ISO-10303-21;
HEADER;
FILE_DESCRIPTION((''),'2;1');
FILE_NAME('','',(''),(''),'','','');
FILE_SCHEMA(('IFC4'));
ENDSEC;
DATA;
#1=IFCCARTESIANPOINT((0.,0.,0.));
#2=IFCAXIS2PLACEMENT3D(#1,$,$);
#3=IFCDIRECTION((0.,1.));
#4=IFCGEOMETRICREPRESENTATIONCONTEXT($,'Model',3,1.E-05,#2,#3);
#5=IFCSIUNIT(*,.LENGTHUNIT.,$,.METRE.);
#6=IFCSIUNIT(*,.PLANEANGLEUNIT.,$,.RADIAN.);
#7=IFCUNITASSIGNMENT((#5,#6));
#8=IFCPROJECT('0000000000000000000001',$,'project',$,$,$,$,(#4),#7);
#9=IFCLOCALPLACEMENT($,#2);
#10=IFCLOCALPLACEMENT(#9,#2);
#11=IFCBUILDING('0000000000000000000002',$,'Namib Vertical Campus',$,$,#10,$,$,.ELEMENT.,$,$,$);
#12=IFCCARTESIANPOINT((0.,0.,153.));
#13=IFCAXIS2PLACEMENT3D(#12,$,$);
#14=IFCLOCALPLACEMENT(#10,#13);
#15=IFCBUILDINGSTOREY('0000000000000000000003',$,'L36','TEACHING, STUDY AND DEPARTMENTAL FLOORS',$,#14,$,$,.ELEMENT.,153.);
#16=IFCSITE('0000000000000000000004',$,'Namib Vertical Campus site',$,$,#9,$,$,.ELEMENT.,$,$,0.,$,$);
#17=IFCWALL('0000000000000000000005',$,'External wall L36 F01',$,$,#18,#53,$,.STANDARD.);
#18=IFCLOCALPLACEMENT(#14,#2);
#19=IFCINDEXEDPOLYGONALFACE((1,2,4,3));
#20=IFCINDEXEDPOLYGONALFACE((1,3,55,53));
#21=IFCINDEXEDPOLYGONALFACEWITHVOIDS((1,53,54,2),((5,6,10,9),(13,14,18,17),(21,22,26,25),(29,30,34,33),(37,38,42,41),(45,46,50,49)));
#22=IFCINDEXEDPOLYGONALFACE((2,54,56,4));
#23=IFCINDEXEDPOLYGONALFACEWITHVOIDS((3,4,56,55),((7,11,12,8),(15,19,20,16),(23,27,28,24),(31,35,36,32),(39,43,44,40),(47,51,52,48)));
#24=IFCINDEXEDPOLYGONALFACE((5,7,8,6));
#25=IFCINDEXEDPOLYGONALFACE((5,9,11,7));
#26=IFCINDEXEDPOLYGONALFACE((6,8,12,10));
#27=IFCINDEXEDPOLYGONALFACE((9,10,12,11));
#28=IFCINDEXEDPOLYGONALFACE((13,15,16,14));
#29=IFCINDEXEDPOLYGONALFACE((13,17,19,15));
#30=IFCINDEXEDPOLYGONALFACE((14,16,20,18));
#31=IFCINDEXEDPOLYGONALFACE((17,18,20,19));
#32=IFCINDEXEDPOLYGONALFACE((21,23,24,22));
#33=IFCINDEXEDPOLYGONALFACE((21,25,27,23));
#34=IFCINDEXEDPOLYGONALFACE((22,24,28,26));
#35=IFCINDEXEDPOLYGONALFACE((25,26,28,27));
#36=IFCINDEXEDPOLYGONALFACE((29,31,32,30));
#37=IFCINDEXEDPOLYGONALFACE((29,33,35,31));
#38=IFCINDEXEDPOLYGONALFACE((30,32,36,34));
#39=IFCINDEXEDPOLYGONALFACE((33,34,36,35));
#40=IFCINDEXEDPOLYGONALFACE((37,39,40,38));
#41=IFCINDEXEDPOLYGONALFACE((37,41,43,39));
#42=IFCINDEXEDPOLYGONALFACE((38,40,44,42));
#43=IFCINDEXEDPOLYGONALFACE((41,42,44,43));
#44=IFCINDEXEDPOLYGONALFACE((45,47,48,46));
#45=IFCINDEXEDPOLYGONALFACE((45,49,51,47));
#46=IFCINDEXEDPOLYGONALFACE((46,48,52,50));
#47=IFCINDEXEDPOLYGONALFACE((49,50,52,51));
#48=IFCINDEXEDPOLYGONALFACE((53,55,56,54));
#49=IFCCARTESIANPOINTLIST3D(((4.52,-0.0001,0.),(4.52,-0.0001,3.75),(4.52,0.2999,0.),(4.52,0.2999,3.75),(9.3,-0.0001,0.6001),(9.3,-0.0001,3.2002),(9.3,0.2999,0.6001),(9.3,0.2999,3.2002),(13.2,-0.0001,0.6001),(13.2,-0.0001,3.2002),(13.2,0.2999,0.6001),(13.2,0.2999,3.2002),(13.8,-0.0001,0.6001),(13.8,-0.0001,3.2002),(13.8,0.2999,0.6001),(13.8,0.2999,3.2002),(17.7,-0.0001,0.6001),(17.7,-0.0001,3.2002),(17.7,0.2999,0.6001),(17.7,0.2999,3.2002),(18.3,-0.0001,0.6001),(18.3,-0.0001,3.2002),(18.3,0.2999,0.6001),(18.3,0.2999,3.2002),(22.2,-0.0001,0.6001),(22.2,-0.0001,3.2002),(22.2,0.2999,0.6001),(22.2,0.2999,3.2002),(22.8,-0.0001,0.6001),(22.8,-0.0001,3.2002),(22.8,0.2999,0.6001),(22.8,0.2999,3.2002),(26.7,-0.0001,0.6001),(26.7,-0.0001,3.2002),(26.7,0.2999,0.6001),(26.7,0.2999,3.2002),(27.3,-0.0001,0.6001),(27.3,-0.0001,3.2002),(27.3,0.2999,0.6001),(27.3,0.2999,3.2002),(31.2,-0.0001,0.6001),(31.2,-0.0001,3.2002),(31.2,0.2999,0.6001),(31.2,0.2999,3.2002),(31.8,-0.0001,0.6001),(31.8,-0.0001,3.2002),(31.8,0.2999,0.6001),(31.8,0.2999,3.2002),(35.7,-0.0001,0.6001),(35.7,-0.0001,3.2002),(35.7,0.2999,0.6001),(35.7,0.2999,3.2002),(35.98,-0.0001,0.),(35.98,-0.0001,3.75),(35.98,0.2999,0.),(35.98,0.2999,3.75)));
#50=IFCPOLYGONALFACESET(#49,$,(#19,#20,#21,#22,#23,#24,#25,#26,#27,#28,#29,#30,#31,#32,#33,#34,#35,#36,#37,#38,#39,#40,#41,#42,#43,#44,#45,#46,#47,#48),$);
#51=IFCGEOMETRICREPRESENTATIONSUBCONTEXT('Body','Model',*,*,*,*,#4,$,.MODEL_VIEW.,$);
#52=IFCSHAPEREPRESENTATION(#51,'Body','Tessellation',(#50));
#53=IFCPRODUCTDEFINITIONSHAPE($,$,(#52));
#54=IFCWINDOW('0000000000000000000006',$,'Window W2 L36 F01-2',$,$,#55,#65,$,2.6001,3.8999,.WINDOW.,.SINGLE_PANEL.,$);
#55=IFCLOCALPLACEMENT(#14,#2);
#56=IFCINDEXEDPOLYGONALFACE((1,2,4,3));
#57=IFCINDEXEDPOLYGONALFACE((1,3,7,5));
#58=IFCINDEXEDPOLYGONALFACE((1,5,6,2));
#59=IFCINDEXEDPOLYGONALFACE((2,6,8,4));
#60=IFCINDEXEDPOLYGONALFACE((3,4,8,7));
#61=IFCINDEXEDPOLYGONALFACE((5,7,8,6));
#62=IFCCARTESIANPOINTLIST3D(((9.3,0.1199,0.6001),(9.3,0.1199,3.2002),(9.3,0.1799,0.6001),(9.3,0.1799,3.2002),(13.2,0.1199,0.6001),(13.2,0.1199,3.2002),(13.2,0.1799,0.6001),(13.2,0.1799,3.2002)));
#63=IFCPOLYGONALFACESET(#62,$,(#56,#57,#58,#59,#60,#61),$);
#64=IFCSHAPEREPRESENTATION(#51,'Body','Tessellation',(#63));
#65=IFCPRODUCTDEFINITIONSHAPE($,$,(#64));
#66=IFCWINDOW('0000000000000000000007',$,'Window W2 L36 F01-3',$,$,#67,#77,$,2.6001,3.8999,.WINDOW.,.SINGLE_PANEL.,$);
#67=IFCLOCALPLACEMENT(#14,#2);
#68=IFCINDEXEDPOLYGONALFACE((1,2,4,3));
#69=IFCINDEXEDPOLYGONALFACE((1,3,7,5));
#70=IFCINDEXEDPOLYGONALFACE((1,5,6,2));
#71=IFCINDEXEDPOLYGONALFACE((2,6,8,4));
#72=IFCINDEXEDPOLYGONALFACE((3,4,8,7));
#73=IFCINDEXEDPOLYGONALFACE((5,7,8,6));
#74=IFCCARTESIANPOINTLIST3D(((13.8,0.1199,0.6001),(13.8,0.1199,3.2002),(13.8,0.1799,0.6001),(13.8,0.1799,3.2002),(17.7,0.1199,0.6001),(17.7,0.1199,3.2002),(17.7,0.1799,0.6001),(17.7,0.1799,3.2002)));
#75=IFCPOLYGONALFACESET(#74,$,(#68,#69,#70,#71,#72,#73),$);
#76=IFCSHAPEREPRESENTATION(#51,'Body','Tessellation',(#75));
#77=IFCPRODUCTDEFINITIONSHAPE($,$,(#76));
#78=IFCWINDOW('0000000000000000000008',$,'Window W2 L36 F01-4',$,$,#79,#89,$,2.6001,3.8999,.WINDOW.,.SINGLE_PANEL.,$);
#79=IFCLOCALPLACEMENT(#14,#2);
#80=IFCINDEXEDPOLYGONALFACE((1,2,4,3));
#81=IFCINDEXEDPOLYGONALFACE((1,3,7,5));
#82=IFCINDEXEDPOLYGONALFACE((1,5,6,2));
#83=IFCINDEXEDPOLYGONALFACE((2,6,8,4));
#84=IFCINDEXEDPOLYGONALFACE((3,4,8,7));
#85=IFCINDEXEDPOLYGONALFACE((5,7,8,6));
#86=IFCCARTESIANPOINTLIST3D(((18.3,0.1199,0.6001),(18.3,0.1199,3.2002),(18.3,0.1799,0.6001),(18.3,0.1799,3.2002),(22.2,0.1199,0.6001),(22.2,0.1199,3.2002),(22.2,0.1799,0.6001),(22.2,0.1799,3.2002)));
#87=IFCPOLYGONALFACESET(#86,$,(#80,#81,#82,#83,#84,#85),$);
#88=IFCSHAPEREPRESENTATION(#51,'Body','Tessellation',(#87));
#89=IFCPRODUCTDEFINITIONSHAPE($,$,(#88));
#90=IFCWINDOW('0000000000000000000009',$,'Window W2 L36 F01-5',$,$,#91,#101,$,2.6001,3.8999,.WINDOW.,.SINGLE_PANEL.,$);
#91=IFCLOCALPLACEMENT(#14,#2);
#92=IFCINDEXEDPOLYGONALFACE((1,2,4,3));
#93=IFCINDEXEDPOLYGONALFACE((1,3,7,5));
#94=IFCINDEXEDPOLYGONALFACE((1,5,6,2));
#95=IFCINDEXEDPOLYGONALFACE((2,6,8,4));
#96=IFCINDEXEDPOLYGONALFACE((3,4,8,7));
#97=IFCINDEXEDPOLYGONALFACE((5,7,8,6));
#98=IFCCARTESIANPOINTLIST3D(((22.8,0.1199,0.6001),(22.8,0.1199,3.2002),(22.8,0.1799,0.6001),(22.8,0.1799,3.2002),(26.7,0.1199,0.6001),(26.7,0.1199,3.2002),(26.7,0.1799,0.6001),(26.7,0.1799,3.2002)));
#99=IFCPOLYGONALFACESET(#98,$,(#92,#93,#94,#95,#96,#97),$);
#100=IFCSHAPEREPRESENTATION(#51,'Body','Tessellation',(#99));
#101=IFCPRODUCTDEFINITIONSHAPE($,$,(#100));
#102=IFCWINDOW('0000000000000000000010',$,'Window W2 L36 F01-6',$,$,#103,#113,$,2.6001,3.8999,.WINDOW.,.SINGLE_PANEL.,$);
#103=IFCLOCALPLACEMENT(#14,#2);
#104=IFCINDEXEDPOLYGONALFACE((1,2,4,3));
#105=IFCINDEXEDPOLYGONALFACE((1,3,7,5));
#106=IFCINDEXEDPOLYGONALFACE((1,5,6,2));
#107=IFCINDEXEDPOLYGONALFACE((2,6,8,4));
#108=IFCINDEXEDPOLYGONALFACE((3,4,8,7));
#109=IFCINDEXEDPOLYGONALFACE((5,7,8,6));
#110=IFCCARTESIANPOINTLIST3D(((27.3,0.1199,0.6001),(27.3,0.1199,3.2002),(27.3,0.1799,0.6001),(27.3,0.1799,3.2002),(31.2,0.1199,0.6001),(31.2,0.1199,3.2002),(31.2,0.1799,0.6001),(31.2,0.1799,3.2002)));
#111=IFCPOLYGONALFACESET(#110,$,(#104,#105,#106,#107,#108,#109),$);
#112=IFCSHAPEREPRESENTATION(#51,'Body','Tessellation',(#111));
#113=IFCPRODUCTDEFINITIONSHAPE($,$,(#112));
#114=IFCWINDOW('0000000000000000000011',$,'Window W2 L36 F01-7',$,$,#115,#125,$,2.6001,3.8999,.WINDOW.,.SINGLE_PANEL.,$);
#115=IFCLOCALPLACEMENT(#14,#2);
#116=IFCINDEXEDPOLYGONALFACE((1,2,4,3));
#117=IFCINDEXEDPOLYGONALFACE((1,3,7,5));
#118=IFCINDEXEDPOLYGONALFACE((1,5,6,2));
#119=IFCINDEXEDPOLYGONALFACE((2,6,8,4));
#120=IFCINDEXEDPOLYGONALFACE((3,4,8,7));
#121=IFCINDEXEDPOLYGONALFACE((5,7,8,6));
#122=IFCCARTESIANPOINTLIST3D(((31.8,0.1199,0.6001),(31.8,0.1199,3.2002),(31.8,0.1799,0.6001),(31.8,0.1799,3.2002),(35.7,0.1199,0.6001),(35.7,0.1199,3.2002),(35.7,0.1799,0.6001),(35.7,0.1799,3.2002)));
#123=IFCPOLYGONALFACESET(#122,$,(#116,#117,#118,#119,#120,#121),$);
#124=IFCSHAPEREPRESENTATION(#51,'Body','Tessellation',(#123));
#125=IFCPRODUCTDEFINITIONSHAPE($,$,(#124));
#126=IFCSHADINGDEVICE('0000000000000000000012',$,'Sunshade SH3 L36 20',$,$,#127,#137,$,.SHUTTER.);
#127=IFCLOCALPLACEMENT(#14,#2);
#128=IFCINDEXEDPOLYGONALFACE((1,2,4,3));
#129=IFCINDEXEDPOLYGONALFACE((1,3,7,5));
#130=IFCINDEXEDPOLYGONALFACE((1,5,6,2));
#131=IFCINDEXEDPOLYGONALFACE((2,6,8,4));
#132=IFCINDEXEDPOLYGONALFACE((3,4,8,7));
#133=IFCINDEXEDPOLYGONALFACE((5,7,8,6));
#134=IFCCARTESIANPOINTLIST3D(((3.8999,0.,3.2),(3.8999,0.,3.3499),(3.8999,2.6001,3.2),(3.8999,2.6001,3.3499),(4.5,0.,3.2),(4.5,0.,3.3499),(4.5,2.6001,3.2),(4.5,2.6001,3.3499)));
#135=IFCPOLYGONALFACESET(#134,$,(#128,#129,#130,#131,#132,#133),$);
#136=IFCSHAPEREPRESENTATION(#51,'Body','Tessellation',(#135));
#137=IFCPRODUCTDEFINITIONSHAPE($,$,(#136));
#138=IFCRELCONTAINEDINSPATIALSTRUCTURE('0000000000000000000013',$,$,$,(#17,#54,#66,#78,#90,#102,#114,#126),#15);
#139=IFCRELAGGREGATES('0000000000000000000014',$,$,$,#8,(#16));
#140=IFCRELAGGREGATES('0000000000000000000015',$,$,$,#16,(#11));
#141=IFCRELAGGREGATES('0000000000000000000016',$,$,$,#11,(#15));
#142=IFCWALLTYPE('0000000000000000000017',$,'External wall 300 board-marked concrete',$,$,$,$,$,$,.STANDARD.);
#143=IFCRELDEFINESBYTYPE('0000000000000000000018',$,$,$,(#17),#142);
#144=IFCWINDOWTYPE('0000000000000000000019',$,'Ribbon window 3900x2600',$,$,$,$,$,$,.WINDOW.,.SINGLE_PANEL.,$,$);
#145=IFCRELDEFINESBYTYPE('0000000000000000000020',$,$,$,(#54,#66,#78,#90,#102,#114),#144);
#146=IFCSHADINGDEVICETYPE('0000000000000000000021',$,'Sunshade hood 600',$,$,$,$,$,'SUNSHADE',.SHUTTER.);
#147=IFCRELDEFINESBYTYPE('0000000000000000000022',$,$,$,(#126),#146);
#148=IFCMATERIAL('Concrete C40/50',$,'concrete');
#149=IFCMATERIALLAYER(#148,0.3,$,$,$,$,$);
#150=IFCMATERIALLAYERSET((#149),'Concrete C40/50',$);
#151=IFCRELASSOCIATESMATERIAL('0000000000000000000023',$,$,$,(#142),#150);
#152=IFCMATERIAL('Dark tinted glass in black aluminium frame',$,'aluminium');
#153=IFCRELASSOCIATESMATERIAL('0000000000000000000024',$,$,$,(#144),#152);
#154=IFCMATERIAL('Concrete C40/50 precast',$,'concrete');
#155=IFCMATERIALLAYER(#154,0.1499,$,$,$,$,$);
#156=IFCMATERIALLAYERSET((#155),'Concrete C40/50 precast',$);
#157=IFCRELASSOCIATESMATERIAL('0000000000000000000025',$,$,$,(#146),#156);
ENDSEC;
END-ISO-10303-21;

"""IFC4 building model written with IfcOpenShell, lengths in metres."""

from ifc_helpers import new_model, si_unit, direction, frame, frame_2d, origin, origin_2d, place, context, subcontext, project, spatial, rectangle, extrude, material, layer, layer_set, type_object, element, fill, save


model = new_model("IFC4")

# Units and contexts
model_context = context("Model", 3, precision=1e-05, world=origin(), true_north=direction((0.0, 1.0)))
body_context = subcontext(model_context, "Body", "Model", "MODEL_VIEW")
ifc_project = project(units=[si_unit("LENGTHUNIT", "METRE"), si_unit("PLANEANGLEUNIT", "RADIAN")], contexts=[model_context])

# Site, building, storey
site_placement = place(None, origin())
site = spatial("IfcSite", under=ifc_project, at=site_placement, Name="Namib Vertical Campus site", CompositionType="ELEMENT", RefElevation=0.0)
building_placement = place(site_placement, origin())
building = spatial("IfcBuilding", under=site, at=building_placement, Name="Namib Vertical Campus", CompositionType="ELEMENT")
storey_placement = place(building_placement, frame((0.0, 0.0, 153.0)))
storey = spatial("IfcBuildingStorey", under=building, at=storey_placement, Name="L36", Description="TEACHING, STUDY AND DEPARTMENTAL FLOORS", CompositionType="ELEMENT", Elevation=153.0)

# Wall, openings, windows
ifc_material_1 = material(Name="Concrete C40/50", Category="concrete")
ifc_layer_1 = layer(ifc_material_1, 0.3)
ifc_layer_set_1 = layer_set([ifc_layer_1], Name="Concrete C40/50")
wall_type = type_object("IfcWallType", Name="External wall 300 board-marked concrete", PredefinedType="STANDARD", material=ifc_layer_set_1)
wall_placement = place(storey_placement, frame((4.52, 0.1499, 0.0), z_axis=(0.0, 0.0, 1.0), x_axis=(1.0, 0.0, 0.0)))
wall = element("IfcWall", 1, at=wall_placement, inside=storey, type_object=wall_type, Name="External wall L36 F01", PredefinedType="STANDARD", context=body_context, shape_type="SweptSolid", body=[
    extrude(rectangle(XDim=31.46, YDim=0.3, at=frame_2d((15.73, 0.0))), origin(), (0.0, 0.0, 1.0), 3.75),
])
opening_1_placement = place(wall_placement, frame((4.78, 0.0, 0.6001)))
opening_1 = element("IfcOpeningElement", 2, at=opening_1_placement, cuts=wall, PredefinedType="OPENING", context=body_context, shape_type="SweptSolid", body=[
    extrude(rectangle(XDim=3.8999, YDim=2.6001, at=frame_2d((1.95, 1.3))), frame((0.0, 0.1599, 0.0), z_axis=(0.0, -1.0, 0.0), x_axis=(1.0, 0.0, 0.0)), (0.0, 0.0, 1.0), 0.3201),
])
opening_2_placement = place(wall_placement, frame((9.28, 0.0, 0.6001)))
opening_2 = element("IfcOpeningElement", 3, at=opening_2_placement, cuts=wall, PredefinedType="OPENING", context=body_context, shape_type="SweptSolid", body=[
    extrude(rectangle(XDim=3.8999, YDim=2.6001, at=frame_2d((1.95, 1.3))), frame((0.0, 0.1599, 0.0), z_axis=(0.0, -1.0, 0.0), x_axis=(1.0, 0.0, 0.0)), (0.0, 0.0, 1.0), 0.3201),
])
opening_3_placement = place(wall_placement, frame((13.78, 0.0, 0.6001)))
opening_3 = element("IfcOpeningElement", 4, at=opening_3_placement, cuts=wall, PredefinedType="OPENING", context=body_context, shape_type="SweptSolid", body=[
    extrude(rectangle(XDim=3.8999, YDim=2.6001, at=frame_2d((1.95, 1.3))), frame((0.0, 0.1599, 0.0), z_axis=(0.0, -1.0, 0.0), x_axis=(1.0, 0.0, 0.0)), (0.0, 0.0, 1.0), 0.3201),
])
opening_4_placement = place(wall_placement, frame((18.28, 0.0, 0.6001)))
opening_4 = element("IfcOpeningElement", 5, at=opening_4_placement, cuts=wall, PredefinedType="OPENING", context=body_context, shape_type="SweptSolid", body=[
    extrude(rectangle(XDim=3.8999, YDim=2.6001, at=frame_2d((1.95, 1.3))), frame((0.0, 0.1599, 0.0), z_axis=(0.0, -1.0, 0.0), x_axis=(1.0, 0.0, 0.0)), (0.0, 0.0, 1.0), 0.3201),
])
opening_5_placement = place(wall_placement, frame((22.78, 0.0, 0.6001)))
opening_5 = element("IfcOpeningElement", 6, at=opening_5_placement, cuts=wall, PredefinedType="OPENING", context=body_context, shape_type="SweptSolid", body=[
    extrude(rectangle(XDim=3.8999, YDim=2.6001, at=frame_2d((1.95, 1.3))), frame((0.0, 0.1599, 0.0), z_axis=(0.0, -1.0, 0.0), x_axis=(1.0, 0.0, 0.0)), (0.0, 0.0, 1.0), 0.3201),
])
opening_6_placement = place(wall_placement, frame((27.28, 0.0, 0.6001)))
opening_6 = element("IfcOpeningElement", 7, at=opening_6_placement, cuts=wall, PredefinedType="OPENING", context=body_context, shape_type="SweptSolid", body=[
    extrude(rectangle(XDim=3.8999, YDim=2.6001, at=frame_2d((1.95, 1.3))), frame((0.0, 0.1599, 0.0), z_axis=(0.0, -1.0, 0.0), x_axis=(1.0, 0.0, 0.0)), (0.0, 0.0, 1.0), 0.3201),
])
ifc_material_2 = material(Name="Dark tinted glass in black aluminium frame", Category="aluminium")
window_type = type_object("IfcWindowType", Name="Ribbon window 3900x2600", PartitioningType="SINGLE_PANEL", PredefinedType="WINDOW", material=ifc_material_2)
window_1_placement = place(opening_1_placement, origin())
window_1 = element("IfcWindow", 8, at=window_1_placement, inside=storey, type_object=window_type, Name="Window W2 L36 F01-2", OverallHeight=2.6001, OverallWidth=3.8999, PartitioningType="SINGLE_PANEL", PredefinedType="WINDOW", context=body_context, shape_type="SweptSolid", body=[
    extrude(rectangle(XDim=3.8999, YDim=2.6001, at=frame_2d((1.95, 1.3))), frame((0.0, 0.03, 0.0), z_axis=(0.0, -1.0, 0.0), x_axis=(1.0, 0.0, 0.0)), (0.0, 0.0, 1.0), 0.0601),
])
fill(opening_1, window_1)
window_2_placement = place(opening_2_placement, origin())
window_2 = element("IfcWindow", 9, at=window_2_placement, inside=storey, type_object=window_type, Name="Window W2 L36 F01-3", OverallHeight=2.6001, OverallWidth=3.8999, PartitioningType="SINGLE_PANEL", PredefinedType="WINDOW", context=body_context, shape_type="SweptSolid", body=[
    extrude(rectangle(XDim=3.8999, YDim=2.6001, at=frame_2d((1.95, 1.3))), frame((0.0, 0.03, 0.0), z_axis=(0.0, -1.0, 0.0), x_axis=(1.0, 0.0, 0.0)), (0.0, 0.0, 1.0), 0.0601),
])
fill(opening_2, window_2)
window_3_placement = place(opening_3_placement, origin())
window_3 = element("IfcWindow", 10, at=window_3_placement, inside=storey, type_object=window_type, Name="Window W2 L36 F01-4", OverallHeight=2.6001, OverallWidth=3.8999, PartitioningType="SINGLE_PANEL", PredefinedType="WINDOW", context=body_context, shape_type="SweptSolid", body=[
    extrude(rectangle(XDim=3.8999, YDim=2.6001, at=frame_2d((1.95, 1.3))), frame((0.0, 0.03, 0.0), z_axis=(0.0, -1.0, 0.0), x_axis=(1.0, 0.0, 0.0)), (0.0, 0.0, 1.0), 0.0601),
])
fill(opening_3, window_3)
window_4_placement = place(opening_4_placement, origin())
window_4 = element("IfcWindow", 11, at=window_4_placement, inside=storey, type_object=window_type, Name="Window W2 L36 F01-5", OverallHeight=2.6001, OverallWidth=3.8999, PartitioningType="SINGLE_PANEL", PredefinedType="WINDOW", context=body_context, shape_type="SweptSolid", body=[
    extrude(rectangle(XDim=3.8999, YDim=2.6001, at=frame_2d((1.95, 1.3))), frame((0.0, 0.03, 0.0), z_axis=(0.0, -1.0, 0.0), x_axis=(1.0, 0.0, 0.0)), (0.0, 0.0, 1.0), 0.0601),
])
fill(opening_4, window_4)
window_5_placement = place(opening_5_placement, origin())
window_5 = element("IfcWindow", 12, at=window_5_placement, inside=storey, type_object=window_type, Name="Window W2 L36 F01-6", OverallHeight=2.6001, OverallWidth=3.8999, PartitioningType="SINGLE_PANEL", PredefinedType="WINDOW", context=body_context, shape_type="SweptSolid", body=[
    extrude(rectangle(XDim=3.8999, YDim=2.6001, at=frame_2d((1.95, 1.3))), frame((0.0, 0.03, 0.0), z_axis=(0.0, -1.0, 0.0), x_axis=(1.0, 0.0, 0.0)), (0.0, 0.0, 1.0), 0.0601),
])
fill(opening_5, window_5)
window_6_placement = place(opening_6_placement, origin())
window_6 = element("IfcWindow", 13, at=window_6_placement, inside=storey, type_object=window_type, Name="Window W2 L36 F01-7", OverallHeight=2.6001, OverallWidth=3.8999, PartitioningType="SINGLE_PANEL", PredefinedType="WINDOW", context=body_context, shape_type="SweptSolid", body=[
    extrude(rectangle(XDim=3.8999, YDim=2.6001, at=frame_2d((1.95, 1.3))), frame((0.0, 0.03, 0.0), z_axis=(0.0, -1.0, 0.0), x_axis=(1.0, 0.0, 0.0)), (0.0, 0.0, 1.0), 0.0601),
])
fill(opening_6, window_6)

# Shading device
ifc_material_3 = material(Name="Concrete C40/50 precast", Category="concrete")
ifc_layer_2 = layer(ifc_material_3, 0.1499)
ifc_layer_set_2 = layer_set([ifc_layer_2], Name="Concrete C40/50 precast")
shading_device_type = type_object("IfcShadingDeviceType", Name="Sunshade hood 600", ElementType="SUNSHADE", PredefinedType="SHUTTER", material=ifc_layer_set_2)
shading_device_placement = place(storey_placement, frame((4.2, 1.3, 3.2), z_axis=(0.0, 0.0, 1.0), x_axis=(0.0, -1.0, 0.0)))
element("IfcShadingDevice", 14, at=shading_device_placement, inside=storey, type_object=shading_device_type, Name="Sunshade SH3 L36 20", PredefinedType="SHUTTER", context=body_context, shape_type="SweptSolid", body=[
    extrude(rectangle(XDim=2.6001, YDim=0.6001, at=origin_2d()), origin(), (0.0, 0.0, 1.0), 0.1499),
])

save(model, "model.ifc")
